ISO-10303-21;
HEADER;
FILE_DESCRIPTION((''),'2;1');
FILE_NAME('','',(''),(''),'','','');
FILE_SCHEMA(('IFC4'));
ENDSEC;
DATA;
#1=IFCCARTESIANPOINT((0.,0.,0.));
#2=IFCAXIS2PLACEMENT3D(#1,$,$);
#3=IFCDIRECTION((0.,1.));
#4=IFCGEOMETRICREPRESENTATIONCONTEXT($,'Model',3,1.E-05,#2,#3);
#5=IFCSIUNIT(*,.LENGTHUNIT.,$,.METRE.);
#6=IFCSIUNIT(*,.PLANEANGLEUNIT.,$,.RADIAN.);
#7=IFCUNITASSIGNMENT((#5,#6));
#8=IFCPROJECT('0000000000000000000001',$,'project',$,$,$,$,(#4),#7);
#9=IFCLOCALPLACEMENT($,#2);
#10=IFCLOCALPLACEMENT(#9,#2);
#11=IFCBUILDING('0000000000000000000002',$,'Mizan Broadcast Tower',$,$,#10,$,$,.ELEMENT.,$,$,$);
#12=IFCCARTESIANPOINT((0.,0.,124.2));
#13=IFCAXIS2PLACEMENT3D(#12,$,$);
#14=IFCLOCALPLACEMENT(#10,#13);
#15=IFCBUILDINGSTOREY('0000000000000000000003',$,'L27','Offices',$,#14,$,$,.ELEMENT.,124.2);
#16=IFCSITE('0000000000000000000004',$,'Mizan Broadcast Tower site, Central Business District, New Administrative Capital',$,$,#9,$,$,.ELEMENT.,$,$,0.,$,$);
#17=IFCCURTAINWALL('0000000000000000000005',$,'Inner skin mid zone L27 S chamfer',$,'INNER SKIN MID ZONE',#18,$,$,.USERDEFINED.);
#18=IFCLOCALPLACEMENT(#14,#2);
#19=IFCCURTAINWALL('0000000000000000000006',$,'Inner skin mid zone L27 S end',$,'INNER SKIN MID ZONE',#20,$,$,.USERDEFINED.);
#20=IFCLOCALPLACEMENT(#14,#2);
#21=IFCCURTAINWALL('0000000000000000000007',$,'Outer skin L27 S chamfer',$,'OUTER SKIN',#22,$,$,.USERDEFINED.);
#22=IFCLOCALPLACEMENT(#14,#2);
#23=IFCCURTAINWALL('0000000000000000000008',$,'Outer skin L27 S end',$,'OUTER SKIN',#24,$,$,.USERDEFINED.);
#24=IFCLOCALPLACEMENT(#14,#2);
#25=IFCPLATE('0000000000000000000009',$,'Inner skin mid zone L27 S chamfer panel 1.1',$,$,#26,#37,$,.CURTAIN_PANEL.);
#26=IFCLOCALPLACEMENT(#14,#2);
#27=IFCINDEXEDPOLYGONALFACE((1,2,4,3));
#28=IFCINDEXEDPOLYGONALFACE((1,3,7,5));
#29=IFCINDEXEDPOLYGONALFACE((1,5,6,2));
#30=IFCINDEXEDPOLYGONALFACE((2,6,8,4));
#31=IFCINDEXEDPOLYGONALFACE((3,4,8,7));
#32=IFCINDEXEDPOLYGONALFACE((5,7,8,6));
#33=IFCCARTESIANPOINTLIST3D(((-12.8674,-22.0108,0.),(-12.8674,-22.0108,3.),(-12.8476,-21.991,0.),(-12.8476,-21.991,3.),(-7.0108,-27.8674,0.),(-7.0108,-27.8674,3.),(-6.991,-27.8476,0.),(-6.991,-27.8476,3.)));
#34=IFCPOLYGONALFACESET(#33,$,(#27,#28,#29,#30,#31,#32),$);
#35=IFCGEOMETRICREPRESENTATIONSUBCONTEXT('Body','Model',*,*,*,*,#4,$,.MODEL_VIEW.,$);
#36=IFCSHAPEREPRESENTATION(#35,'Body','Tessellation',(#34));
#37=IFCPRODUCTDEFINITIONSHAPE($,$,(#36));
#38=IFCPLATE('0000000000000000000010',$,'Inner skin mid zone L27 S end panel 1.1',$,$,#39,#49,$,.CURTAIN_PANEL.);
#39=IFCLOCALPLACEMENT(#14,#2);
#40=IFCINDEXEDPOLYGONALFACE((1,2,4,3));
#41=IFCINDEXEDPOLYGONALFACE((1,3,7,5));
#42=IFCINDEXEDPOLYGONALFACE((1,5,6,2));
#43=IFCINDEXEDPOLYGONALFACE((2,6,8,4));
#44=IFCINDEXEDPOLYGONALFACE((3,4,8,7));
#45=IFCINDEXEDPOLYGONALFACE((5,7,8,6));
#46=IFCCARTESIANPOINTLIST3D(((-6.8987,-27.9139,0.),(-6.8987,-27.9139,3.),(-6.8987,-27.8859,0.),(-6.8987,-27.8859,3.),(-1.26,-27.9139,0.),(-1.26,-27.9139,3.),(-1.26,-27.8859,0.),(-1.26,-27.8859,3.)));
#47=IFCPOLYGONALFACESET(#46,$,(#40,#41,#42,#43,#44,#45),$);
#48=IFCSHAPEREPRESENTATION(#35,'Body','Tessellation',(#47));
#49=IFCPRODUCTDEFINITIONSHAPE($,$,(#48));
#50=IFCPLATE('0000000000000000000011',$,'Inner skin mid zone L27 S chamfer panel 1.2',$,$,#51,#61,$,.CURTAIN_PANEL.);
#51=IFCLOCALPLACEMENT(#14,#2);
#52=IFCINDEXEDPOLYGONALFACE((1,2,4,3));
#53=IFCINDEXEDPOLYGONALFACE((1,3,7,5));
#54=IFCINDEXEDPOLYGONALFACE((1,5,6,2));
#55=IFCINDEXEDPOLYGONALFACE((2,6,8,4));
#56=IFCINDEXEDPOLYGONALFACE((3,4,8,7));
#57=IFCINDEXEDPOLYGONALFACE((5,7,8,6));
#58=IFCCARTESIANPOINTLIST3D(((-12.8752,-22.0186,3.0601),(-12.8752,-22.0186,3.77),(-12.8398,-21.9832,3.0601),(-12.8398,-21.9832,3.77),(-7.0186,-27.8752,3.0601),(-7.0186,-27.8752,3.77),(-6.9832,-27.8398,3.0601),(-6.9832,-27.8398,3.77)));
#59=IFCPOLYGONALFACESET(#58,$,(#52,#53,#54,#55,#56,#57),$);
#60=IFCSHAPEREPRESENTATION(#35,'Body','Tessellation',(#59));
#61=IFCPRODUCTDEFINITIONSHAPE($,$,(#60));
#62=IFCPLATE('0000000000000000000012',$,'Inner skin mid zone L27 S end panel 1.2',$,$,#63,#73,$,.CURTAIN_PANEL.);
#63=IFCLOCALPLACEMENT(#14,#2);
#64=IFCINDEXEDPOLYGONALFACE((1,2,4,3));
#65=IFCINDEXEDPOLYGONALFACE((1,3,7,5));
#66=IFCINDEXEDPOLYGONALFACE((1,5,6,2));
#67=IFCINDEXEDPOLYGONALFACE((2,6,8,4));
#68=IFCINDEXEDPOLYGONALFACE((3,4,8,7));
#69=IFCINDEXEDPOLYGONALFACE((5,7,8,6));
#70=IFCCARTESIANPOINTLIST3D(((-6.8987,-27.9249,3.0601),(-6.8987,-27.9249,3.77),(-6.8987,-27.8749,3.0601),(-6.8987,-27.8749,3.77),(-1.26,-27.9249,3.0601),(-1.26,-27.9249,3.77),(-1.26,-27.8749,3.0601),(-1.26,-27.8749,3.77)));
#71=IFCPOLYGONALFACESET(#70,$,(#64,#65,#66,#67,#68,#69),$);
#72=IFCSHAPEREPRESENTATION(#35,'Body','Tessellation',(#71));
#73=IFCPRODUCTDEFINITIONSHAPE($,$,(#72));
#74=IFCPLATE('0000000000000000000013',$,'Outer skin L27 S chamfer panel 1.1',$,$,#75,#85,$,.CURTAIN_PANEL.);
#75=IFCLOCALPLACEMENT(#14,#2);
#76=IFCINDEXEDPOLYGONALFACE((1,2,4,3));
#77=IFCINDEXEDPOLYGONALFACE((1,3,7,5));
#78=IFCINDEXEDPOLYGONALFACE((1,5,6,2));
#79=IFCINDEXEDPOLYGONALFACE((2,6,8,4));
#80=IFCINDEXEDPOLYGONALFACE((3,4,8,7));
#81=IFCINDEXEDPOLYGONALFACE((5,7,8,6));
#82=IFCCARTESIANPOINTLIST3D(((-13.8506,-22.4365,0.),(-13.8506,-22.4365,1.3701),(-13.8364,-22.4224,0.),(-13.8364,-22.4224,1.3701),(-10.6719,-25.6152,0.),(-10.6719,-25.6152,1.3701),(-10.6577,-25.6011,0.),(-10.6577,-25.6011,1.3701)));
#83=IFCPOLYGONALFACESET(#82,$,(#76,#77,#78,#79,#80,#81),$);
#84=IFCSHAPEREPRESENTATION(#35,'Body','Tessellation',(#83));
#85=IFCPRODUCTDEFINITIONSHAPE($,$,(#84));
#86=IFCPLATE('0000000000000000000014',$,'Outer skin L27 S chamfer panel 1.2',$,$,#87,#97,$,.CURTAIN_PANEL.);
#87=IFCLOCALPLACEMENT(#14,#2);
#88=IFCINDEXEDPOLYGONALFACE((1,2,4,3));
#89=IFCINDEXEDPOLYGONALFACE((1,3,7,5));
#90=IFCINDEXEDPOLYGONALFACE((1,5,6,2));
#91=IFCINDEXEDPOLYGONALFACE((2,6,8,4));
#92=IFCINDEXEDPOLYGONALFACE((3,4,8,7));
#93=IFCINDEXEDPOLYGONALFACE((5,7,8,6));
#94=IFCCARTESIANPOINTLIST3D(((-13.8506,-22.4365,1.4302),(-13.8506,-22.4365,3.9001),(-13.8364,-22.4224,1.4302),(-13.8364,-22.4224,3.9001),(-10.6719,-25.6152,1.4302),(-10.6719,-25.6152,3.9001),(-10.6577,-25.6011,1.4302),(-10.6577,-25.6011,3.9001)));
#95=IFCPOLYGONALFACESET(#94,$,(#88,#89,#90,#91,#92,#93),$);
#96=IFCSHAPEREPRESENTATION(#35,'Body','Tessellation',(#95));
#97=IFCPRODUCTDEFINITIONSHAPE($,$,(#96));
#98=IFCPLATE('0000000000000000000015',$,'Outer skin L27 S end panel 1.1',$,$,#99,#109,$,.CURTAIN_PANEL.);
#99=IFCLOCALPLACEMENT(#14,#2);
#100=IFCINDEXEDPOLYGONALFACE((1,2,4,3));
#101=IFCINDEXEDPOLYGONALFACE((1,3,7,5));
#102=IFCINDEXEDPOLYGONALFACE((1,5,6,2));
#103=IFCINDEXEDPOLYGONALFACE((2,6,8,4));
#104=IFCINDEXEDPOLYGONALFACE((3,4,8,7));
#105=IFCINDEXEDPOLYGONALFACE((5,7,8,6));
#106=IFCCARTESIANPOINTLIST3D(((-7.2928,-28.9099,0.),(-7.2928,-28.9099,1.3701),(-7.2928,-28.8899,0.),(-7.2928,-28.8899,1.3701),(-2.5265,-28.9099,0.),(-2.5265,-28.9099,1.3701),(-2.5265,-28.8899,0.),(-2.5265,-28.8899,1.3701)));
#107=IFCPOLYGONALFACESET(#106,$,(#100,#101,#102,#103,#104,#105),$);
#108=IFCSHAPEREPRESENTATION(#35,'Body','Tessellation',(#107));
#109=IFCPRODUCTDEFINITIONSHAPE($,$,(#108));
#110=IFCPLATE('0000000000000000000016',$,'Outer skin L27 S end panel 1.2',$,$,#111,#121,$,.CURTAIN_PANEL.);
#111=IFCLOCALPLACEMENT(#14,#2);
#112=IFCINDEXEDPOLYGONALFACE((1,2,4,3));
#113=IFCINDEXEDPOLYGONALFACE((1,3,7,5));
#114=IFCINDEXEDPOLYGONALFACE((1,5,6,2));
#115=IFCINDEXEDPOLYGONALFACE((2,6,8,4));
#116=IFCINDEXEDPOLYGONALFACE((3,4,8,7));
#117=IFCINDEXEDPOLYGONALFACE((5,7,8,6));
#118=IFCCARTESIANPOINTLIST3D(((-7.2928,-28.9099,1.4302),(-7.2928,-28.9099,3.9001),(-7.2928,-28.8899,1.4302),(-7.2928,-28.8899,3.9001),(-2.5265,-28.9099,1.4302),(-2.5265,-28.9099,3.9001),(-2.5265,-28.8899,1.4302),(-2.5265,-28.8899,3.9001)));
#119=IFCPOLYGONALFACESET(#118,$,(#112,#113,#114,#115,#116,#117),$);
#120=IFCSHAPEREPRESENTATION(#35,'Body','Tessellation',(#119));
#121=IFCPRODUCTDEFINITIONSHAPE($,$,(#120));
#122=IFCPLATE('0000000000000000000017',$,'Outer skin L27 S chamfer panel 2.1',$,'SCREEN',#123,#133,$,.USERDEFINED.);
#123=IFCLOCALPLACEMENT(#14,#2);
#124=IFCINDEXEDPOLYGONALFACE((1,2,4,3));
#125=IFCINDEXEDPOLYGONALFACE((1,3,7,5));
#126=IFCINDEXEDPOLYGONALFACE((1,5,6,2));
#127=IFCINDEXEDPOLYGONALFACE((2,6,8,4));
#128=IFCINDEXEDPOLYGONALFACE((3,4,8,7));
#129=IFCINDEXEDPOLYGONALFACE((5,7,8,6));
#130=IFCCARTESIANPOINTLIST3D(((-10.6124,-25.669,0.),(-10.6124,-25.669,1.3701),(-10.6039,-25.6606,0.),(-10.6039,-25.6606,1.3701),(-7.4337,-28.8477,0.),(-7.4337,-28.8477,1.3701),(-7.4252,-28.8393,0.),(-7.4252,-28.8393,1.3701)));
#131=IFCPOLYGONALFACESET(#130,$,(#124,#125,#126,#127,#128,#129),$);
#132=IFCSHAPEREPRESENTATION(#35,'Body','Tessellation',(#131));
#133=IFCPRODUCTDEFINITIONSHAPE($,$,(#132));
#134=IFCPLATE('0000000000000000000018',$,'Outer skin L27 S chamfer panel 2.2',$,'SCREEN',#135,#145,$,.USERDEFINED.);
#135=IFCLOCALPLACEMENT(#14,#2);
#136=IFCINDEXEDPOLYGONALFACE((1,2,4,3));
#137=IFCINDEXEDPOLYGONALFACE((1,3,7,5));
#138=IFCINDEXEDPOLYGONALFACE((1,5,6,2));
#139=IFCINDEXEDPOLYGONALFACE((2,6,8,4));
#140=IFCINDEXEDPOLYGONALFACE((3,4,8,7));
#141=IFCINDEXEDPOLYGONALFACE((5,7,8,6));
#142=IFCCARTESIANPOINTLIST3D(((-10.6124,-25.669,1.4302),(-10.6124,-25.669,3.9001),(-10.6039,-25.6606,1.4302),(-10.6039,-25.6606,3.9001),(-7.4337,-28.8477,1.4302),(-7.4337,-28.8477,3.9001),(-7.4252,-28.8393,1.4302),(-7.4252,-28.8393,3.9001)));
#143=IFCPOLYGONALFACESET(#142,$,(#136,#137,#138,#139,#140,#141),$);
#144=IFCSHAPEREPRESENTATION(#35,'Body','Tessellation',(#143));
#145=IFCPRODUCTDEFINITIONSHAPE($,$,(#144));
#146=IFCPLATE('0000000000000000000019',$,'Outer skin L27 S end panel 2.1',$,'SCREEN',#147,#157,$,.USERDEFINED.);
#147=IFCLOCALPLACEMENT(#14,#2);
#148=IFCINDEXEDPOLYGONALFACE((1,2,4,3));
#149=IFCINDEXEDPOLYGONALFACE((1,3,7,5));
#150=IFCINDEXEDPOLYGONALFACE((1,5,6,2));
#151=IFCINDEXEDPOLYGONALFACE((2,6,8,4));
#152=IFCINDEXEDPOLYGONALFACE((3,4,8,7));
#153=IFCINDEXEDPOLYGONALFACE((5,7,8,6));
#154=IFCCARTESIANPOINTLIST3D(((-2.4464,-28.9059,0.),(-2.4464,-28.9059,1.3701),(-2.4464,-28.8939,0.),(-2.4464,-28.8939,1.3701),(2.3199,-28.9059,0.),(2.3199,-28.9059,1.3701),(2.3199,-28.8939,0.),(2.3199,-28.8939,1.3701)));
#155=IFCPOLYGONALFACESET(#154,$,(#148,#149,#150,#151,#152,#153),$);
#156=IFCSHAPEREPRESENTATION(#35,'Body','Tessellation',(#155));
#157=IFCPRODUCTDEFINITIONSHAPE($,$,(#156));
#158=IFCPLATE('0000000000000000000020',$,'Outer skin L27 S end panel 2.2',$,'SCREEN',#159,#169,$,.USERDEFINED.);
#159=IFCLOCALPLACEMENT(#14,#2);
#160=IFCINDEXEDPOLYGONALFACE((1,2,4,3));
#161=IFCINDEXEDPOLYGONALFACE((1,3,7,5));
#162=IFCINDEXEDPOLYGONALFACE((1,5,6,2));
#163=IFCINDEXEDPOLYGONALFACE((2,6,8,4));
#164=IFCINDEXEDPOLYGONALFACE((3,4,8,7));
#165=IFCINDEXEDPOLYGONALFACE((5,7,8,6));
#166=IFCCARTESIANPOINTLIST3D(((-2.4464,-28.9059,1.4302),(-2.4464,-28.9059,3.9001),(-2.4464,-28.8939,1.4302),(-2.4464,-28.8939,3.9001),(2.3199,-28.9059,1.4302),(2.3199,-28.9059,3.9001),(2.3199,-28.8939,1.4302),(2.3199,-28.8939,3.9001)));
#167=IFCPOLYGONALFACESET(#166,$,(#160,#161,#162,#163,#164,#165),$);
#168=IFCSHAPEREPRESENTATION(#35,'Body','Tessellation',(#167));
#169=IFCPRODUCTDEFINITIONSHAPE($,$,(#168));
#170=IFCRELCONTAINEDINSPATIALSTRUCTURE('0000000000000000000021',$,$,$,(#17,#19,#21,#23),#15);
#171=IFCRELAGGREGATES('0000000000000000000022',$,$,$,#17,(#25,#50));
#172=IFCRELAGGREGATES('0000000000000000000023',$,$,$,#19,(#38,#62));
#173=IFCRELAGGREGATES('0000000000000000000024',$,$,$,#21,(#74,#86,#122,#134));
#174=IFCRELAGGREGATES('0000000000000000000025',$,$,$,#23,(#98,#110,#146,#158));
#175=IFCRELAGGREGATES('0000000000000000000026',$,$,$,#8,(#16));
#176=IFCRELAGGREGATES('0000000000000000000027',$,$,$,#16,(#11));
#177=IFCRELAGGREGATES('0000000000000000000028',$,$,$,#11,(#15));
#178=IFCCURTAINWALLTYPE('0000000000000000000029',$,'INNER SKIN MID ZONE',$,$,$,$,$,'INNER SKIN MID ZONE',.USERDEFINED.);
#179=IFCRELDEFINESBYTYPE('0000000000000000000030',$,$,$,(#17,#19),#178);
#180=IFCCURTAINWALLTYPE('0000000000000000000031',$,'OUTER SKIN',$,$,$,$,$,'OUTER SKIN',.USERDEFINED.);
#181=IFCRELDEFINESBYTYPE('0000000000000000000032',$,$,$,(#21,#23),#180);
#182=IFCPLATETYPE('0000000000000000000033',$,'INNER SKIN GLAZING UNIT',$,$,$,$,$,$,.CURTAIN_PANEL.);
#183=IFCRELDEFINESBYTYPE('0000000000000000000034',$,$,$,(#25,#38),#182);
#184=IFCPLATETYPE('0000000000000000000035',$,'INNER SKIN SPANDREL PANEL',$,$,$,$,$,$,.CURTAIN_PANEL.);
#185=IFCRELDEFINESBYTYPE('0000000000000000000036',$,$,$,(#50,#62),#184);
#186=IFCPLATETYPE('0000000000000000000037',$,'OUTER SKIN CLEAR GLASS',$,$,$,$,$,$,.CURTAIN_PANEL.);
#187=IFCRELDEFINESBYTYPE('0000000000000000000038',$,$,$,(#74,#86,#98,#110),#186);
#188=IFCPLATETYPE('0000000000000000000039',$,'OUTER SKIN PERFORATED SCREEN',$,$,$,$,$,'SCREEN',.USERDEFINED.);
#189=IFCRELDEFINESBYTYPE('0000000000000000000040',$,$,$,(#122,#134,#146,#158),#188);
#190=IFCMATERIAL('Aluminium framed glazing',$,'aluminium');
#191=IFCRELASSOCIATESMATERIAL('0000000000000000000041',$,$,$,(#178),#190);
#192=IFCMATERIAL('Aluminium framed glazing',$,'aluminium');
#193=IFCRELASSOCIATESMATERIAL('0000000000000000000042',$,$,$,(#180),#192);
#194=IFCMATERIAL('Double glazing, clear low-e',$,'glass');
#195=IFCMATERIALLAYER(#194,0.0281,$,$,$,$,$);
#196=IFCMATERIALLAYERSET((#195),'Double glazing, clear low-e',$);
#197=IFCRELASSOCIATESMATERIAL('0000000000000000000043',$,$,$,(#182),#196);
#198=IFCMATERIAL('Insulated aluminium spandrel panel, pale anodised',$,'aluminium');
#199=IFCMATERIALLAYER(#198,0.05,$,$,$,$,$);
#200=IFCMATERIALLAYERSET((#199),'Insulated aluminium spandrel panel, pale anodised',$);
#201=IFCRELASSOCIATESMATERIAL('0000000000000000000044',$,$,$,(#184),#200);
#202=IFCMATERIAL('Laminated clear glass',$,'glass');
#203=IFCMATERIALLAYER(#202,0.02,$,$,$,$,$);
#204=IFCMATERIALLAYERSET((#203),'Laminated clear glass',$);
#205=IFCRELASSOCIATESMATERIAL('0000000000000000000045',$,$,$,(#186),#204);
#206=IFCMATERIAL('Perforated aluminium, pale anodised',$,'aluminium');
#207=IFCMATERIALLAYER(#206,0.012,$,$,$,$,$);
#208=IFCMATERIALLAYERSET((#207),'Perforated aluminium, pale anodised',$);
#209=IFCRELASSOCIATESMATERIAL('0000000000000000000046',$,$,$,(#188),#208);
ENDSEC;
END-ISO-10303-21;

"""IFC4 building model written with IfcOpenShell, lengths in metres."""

from ifc_helpers import new_model, si_unit, direction, frame, origin, origin_2d, place, context, subcontext, project, spatial, rectangle, extrude, material, layer, layer_set, type_object, element, aggregate, save


model = new_model("IFC4")

# Units and contexts
model_context = context("Model", 3, precision=1e-05, world=origin(), true_north=direction((0.0, 1.0)))
body_context = subcontext(model_context, "Body", "Model", "MODEL_VIEW")
ifc_project = project(units=[si_unit("LENGTHUNIT", "METRE"), si_unit("PLANEANGLEUNIT", "RADIAN")], contexts=[model_context])

# Site, building, storey
site_placement = place(None, origin())
site = spatial("IfcSite", under=ifc_project, at=site_placement, Name="Mizan Broadcast Tower site, Central Business District, New Administrative Capital", CompositionType="ELEMENT", RefElevation=0.0)
building_placement = place(site_placement, origin())
building = spatial("IfcBuilding", under=site, at=building_placement, Name="Mizan Broadcast Tower", CompositionType="ELEMENT")
storey_placement = place(building_placement, frame((0.0, 0.0, 124.2)))
storey = spatial("IfcBuildingStorey", under=building, at=storey_placement, Name="L27", Description="Offices", CompositionType="ELEMENT", Elevation=124.2)

# Curtain walls
ifc_material_1 = material(Name="Aluminium framed glazing", Category="aluminium")
curtain_wall_type_1 = type_object("IfcCurtainWallType", Name="INNER SKIN MID ZONE", ElementType="INNER SKIN MID ZONE", PredefinedType="USERDEFINED", material=ifc_material_1)
curtain_wall_1_placement = place(storey_placement, origin())
curtain_wall_1 = element("IfcCurtainWall", 1, at=curtain_wall_1_placement, inside=storey, type_object=curtain_wall_type_1, Name="Inner skin mid zone L27 S chamfer", ObjectType="INNER SKIN MID ZONE", PredefinedType="USERDEFINED")
curtain_wall_2_placement = place(storey_placement, origin())
curtain_wall_2 = element("IfcCurtainWall", 2, at=curtain_wall_2_placement, inside=storey, type_object=curtain_wall_type_1, Name="Inner skin mid zone L27 S end", ObjectType="INNER SKIN MID ZONE", PredefinedType="USERDEFINED")

# Curtain wall
ifc_material_2 = material(Name="Aluminium framed glazing", Category="aluminium")
curtain_wall_type_2 = type_object("IfcCurtainWallType", Name="OUTER SKIN", ElementType="OUTER SKIN", PredefinedType="USERDEFINED", material=ifc_material_2)
curtain_wall_3_placement = place(storey_placement, origin())
curtain_wall_3 = element("IfcCurtainWall", 3, at=curtain_wall_3_placement, inside=storey, type_object=curtain_wall_type_2, Name="Outer skin L27 S chamfer", ObjectType="OUTER SKIN", PredefinedType="USERDEFINED")

# Curtain wall
curtain_wall_4_placement = place(storey_placement, origin())
curtain_wall_4 = element("IfcCurtainWall", 4, at=curtain_wall_4_placement, inside=storey, type_object=curtain_wall_type_2, Name="Outer skin L27 S end", ObjectType="OUTER SKIN", PredefinedType="USERDEFINED")

# Plates
ifc_material_3 = material(Name="Double glazing, clear low-e", Category="glass")
ifc_layer_1 = layer(ifc_material_3, 0.0281)
ifc_layer_set_1 = layer_set([ifc_layer_1], Name="Double glazing, clear low-e")
plate_type_1 = type_object("IfcPlateType", Name="INNER SKIN GLAZING UNIT", PredefinedType="CURTAIN_PANEL", material=ifc_layer_set_1)
plate_1_placement = place(storey_placement, frame((-9.9292, -24.9292, 0.0), z_axis=(0.0, 0.0, 1.0), x_axis=(0.707107, -0.707107, 0.0)))
plate_1 = element("IfcPlate", 5, at=plate_1_placement, type_object=plate_type_1, Name="Inner skin mid zone L27 S chamfer panel 1.1", PredefinedType="CURTAIN_PANEL", context=body_context, shape_type="SweptSolid", body=[
    extrude(rectangle(XDim=8.2825, YDim=0.0281, at=origin_2d()), origin(), (0.0, 0.0, 1.0), 3.0),
])
plate_2_placement = place(storey_placement, frame((-4.0793, -27.8999, 0.0), z_axis=(0.0, 0.0, 1.0), x_axis=(1.0, 0.0, 0.0)))
plate_2 = element("IfcPlate", 6, at=plate_2_placement, type_object=plate_type_1, Name="Inner skin mid zone L27 S end panel 1.1", PredefinedType="CURTAIN_PANEL", context=body_context, shape_type="SweptSolid", body=[
    extrude(rectangle(XDim=5.6387, YDim=0.0281, at=origin_2d()), origin(), (0.0, 0.0, 1.0), 3.0),
])
ifc_material_4 = material(Name="Insulated aluminium spandrel panel, pale anodised", Category="aluminium")
ifc_layer_2 = layer(ifc_material_4, 0.05)
ifc_layer_set_2 = layer_set([ifc_layer_2], Name="Insulated aluminium spandrel panel, pale anodised")
plate_type_2 = type_object("IfcPlateType", Name="INNER SKIN SPANDREL PANEL", PredefinedType="CURTAIN_PANEL", material=ifc_layer_set_2)
plate_3_placement = place(storey_placement, frame((-9.9292, -24.9292, 3.0601), z_axis=(0.0, 0.0, 1.0), x_axis=(0.707107, -0.707107, 0.0)))
plate_3 = element("IfcPlate", 7, at=plate_3_placement, type_object=plate_type_2, Name="Inner skin mid zone L27 S chamfer panel 1.2", PredefinedType="CURTAIN_PANEL", context=body_context, shape_type="SweptSolid", body=[
    extrude(rectangle(XDim=8.2825, YDim=0.05, at=origin_2d()), origin(), (0.0, 0.0, 1.0), 0.71),
])
aggregate(curtain_wall_1, [plate_1, plate_3])
plate_4_placement = place(storey_placement, frame((-4.0793, -27.8999, 3.0601), z_axis=(0.0, 0.0, 1.0), x_axis=(1.0, 0.0, 0.0)))
plate_4 = element("IfcPlate", 8, at=plate_4_placement, type_object=plate_type_2, Name="Inner skin mid zone L27 S end panel 1.2", PredefinedType="CURTAIN_PANEL", context=body_context, shape_type="SweptSolid", body=[
    extrude(rectangle(XDim=5.6387, YDim=0.05, at=origin_2d()), origin(), (0.0, 0.0, 1.0), 0.71),
])
aggregate(curtain_wall_2, [plate_2, plate_4])
ifc_material_5 = material(Name="Laminated clear glass", Category="glass")
ifc_layer_3 = layer(ifc_material_5, 0.02)
ifc_layer_set_3 = layer_set([ifc_layer_3], Name="Laminated clear glass")
plate_type_3 = type_object("IfcPlateType", Name="OUTER SKIN CLEAR GLASS", PredefinedType="CURTAIN_PANEL", material=ifc_layer_set_3)
plate_5_placement = place(storey_placement, frame((-12.2542, -24.0188, 0.0), z_axis=(0.0, 0.0, 1.0), x_axis=(0.707107, -0.707107, 0.0)))
plate_5 = element("IfcPlate", 9, at=plate_5_placement, type_object=plate_type_3, Name="Outer skin L27 S chamfer panel 1.1", PredefinedType="CURTAIN_PANEL", context=body_context, shape_type="SweptSolid", body=[
    extrude(rectangle(XDim=4.4954, YDim=0.02, at=origin_2d()), origin(), (0.0, 0.0, 1.0), 1.3701),
])
plate_6_placement = place(storey_placement, frame((-12.2542, -24.0188, 1.4302), z_axis=(0.0, 0.0, 1.0), x_axis=(0.707107, -0.707107, 0.0)))
plate_6 = element("IfcPlate", 10, at=plate_6_placement, type_object=plate_type_3, Name="Outer skin L27 S chamfer panel 1.2", PredefinedType="CURTAIN_PANEL", context=body_context, shape_type="SweptSolid", body=[
    extrude(rectangle(XDim=4.4954, YDim=0.02, at=origin_2d()), origin(), (0.0, 0.0, 1.0), 2.47),
])
plate_7_placement = place(storey_placement, frame((-4.9097, -28.8999, 0.0), z_axis=(0.0, 0.0, 1.0), x_axis=(1.0, 0.0, 0.0)))
plate_7 = element("IfcPlate", 11, at=plate_7_placement, type_object=plate_type_3, Name="Outer skin L27 S end panel 1.1", PredefinedType="CURTAIN_PANEL", context=body_context, shape_type="SweptSolid", body=[
    extrude(rectangle(XDim=4.7664, YDim=0.02, at=origin_2d()), origin(), (0.0, 0.0, 1.0), 1.3701),
])
plate_8_placement = place(storey_placement, frame((-4.9097, -28.8999, 1.4302), z_axis=(0.0, 0.0, 1.0), x_axis=(1.0, 0.0, 0.0)))
plate_8 = element("IfcPlate", 12, at=plate_8_placement, type_object=plate_type_3, Name="Outer skin L27 S end panel 1.2", PredefinedType="CURTAIN_PANEL", context=body_context, shape_type="SweptSolid", body=[
    extrude(rectangle(XDim=4.7664, YDim=0.02, at=origin_2d()), origin(), (0.0, 0.0, 1.0), 2.47),
])
ifc_material_6 = material(Name="Perforated aluminium, pale anodised", Category="aluminium")
ifc_layer_4 = layer(ifc_material_6, 0.012)
ifc_layer_set_4 = layer_set([ifc_layer_4], Name="Perforated aluminium, pale anodised")
plate_type_4 = type_object("IfcPlateType", Name="OUTER SKIN PERFORATED SCREEN", ElementType="SCREEN", PredefinedType="USERDEFINED", material=ifc_layer_set_4)
plate_9_placement = place(storey_placement, frame((-9.0188, -27.2542, 0.0), z_axis=(0.0, 0.0, 1.0), x_axis=(0.707107, -0.707107, 0.0)))
plate_9 = element("IfcPlate", 13, at=plate_9_placement, type_object=plate_type_4, Name="Outer skin L27 S chamfer panel 2.1", ObjectType="SCREEN", PredefinedType="USERDEFINED", context=body_context, shape_type="SweptSolid", body=[
    extrude(rectangle(XDim=4.4954, YDim=0.012, at=origin_2d()), origin(), (0.0, 0.0, 1.0), 1.3701),
])
plate_10_placement = place(storey_placement, frame((-9.0188, -27.2542, 1.4302), z_axis=(0.0, 0.0, 1.0), x_axis=(0.707107, -0.707107, 0.0)))
plate_10 = element("IfcPlate", 14, at=plate_10_placement, type_object=plate_type_4, Name="Outer skin L27 S chamfer panel 2.2", ObjectType="SCREEN", PredefinedType="USERDEFINED", context=body_context, shape_type="SweptSolid", body=[
    extrude(rectangle(XDim=4.4954, YDim=0.012, at=origin_2d()), origin(), (0.0, 0.0, 1.0), 2.47),
])
aggregate(curtain_wall_3, [plate_5, plate_6, plate_9, plate_10])
plate_11_placement = place(storey_placement, frame((-0.0632, -28.8999, 0.0), z_axis=(0.0, 0.0, 1.0), x_axis=(1.0, 0.0, 0.0)))
plate_11 = element("IfcPlate", 15, at=plate_11_placement, type_object=plate_type_4, Name="Outer skin L27 S end panel 2.1", ObjectType="SCREEN", PredefinedType="USERDEFINED", context=body_context, shape_type="SweptSolid", body=[
    extrude(rectangle(XDim=4.7664, YDim=0.012, at=origin_2d()), origin(), (0.0, 0.0, 1.0), 1.3701),
])
plate_12_placement = place(storey_placement, frame((-0.0632, -28.8999, 1.4302), z_axis=(0.0, 0.0, 1.0), x_axis=(1.0, 0.0, 0.0)))
plate_12 = element("IfcPlate", 16, at=plate_12_placement, type_object=plate_type_4, Name="Outer skin L27 S end panel 2.2", ObjectType="SCREEN", PredefinedType="USERDEFINED", context=body_context, shape_type="SweptSolid", body=[
    extrude(rectangle(XDim=4.7664, YDim=0.012, at=origin_2d()), origin(), (0.0, 0.0, 1.0), 2.47),
])
aggregate(curtain_wall_4, [plate_7, plate_8, plate_11, plate_12])

save(model, "model.ifc")
